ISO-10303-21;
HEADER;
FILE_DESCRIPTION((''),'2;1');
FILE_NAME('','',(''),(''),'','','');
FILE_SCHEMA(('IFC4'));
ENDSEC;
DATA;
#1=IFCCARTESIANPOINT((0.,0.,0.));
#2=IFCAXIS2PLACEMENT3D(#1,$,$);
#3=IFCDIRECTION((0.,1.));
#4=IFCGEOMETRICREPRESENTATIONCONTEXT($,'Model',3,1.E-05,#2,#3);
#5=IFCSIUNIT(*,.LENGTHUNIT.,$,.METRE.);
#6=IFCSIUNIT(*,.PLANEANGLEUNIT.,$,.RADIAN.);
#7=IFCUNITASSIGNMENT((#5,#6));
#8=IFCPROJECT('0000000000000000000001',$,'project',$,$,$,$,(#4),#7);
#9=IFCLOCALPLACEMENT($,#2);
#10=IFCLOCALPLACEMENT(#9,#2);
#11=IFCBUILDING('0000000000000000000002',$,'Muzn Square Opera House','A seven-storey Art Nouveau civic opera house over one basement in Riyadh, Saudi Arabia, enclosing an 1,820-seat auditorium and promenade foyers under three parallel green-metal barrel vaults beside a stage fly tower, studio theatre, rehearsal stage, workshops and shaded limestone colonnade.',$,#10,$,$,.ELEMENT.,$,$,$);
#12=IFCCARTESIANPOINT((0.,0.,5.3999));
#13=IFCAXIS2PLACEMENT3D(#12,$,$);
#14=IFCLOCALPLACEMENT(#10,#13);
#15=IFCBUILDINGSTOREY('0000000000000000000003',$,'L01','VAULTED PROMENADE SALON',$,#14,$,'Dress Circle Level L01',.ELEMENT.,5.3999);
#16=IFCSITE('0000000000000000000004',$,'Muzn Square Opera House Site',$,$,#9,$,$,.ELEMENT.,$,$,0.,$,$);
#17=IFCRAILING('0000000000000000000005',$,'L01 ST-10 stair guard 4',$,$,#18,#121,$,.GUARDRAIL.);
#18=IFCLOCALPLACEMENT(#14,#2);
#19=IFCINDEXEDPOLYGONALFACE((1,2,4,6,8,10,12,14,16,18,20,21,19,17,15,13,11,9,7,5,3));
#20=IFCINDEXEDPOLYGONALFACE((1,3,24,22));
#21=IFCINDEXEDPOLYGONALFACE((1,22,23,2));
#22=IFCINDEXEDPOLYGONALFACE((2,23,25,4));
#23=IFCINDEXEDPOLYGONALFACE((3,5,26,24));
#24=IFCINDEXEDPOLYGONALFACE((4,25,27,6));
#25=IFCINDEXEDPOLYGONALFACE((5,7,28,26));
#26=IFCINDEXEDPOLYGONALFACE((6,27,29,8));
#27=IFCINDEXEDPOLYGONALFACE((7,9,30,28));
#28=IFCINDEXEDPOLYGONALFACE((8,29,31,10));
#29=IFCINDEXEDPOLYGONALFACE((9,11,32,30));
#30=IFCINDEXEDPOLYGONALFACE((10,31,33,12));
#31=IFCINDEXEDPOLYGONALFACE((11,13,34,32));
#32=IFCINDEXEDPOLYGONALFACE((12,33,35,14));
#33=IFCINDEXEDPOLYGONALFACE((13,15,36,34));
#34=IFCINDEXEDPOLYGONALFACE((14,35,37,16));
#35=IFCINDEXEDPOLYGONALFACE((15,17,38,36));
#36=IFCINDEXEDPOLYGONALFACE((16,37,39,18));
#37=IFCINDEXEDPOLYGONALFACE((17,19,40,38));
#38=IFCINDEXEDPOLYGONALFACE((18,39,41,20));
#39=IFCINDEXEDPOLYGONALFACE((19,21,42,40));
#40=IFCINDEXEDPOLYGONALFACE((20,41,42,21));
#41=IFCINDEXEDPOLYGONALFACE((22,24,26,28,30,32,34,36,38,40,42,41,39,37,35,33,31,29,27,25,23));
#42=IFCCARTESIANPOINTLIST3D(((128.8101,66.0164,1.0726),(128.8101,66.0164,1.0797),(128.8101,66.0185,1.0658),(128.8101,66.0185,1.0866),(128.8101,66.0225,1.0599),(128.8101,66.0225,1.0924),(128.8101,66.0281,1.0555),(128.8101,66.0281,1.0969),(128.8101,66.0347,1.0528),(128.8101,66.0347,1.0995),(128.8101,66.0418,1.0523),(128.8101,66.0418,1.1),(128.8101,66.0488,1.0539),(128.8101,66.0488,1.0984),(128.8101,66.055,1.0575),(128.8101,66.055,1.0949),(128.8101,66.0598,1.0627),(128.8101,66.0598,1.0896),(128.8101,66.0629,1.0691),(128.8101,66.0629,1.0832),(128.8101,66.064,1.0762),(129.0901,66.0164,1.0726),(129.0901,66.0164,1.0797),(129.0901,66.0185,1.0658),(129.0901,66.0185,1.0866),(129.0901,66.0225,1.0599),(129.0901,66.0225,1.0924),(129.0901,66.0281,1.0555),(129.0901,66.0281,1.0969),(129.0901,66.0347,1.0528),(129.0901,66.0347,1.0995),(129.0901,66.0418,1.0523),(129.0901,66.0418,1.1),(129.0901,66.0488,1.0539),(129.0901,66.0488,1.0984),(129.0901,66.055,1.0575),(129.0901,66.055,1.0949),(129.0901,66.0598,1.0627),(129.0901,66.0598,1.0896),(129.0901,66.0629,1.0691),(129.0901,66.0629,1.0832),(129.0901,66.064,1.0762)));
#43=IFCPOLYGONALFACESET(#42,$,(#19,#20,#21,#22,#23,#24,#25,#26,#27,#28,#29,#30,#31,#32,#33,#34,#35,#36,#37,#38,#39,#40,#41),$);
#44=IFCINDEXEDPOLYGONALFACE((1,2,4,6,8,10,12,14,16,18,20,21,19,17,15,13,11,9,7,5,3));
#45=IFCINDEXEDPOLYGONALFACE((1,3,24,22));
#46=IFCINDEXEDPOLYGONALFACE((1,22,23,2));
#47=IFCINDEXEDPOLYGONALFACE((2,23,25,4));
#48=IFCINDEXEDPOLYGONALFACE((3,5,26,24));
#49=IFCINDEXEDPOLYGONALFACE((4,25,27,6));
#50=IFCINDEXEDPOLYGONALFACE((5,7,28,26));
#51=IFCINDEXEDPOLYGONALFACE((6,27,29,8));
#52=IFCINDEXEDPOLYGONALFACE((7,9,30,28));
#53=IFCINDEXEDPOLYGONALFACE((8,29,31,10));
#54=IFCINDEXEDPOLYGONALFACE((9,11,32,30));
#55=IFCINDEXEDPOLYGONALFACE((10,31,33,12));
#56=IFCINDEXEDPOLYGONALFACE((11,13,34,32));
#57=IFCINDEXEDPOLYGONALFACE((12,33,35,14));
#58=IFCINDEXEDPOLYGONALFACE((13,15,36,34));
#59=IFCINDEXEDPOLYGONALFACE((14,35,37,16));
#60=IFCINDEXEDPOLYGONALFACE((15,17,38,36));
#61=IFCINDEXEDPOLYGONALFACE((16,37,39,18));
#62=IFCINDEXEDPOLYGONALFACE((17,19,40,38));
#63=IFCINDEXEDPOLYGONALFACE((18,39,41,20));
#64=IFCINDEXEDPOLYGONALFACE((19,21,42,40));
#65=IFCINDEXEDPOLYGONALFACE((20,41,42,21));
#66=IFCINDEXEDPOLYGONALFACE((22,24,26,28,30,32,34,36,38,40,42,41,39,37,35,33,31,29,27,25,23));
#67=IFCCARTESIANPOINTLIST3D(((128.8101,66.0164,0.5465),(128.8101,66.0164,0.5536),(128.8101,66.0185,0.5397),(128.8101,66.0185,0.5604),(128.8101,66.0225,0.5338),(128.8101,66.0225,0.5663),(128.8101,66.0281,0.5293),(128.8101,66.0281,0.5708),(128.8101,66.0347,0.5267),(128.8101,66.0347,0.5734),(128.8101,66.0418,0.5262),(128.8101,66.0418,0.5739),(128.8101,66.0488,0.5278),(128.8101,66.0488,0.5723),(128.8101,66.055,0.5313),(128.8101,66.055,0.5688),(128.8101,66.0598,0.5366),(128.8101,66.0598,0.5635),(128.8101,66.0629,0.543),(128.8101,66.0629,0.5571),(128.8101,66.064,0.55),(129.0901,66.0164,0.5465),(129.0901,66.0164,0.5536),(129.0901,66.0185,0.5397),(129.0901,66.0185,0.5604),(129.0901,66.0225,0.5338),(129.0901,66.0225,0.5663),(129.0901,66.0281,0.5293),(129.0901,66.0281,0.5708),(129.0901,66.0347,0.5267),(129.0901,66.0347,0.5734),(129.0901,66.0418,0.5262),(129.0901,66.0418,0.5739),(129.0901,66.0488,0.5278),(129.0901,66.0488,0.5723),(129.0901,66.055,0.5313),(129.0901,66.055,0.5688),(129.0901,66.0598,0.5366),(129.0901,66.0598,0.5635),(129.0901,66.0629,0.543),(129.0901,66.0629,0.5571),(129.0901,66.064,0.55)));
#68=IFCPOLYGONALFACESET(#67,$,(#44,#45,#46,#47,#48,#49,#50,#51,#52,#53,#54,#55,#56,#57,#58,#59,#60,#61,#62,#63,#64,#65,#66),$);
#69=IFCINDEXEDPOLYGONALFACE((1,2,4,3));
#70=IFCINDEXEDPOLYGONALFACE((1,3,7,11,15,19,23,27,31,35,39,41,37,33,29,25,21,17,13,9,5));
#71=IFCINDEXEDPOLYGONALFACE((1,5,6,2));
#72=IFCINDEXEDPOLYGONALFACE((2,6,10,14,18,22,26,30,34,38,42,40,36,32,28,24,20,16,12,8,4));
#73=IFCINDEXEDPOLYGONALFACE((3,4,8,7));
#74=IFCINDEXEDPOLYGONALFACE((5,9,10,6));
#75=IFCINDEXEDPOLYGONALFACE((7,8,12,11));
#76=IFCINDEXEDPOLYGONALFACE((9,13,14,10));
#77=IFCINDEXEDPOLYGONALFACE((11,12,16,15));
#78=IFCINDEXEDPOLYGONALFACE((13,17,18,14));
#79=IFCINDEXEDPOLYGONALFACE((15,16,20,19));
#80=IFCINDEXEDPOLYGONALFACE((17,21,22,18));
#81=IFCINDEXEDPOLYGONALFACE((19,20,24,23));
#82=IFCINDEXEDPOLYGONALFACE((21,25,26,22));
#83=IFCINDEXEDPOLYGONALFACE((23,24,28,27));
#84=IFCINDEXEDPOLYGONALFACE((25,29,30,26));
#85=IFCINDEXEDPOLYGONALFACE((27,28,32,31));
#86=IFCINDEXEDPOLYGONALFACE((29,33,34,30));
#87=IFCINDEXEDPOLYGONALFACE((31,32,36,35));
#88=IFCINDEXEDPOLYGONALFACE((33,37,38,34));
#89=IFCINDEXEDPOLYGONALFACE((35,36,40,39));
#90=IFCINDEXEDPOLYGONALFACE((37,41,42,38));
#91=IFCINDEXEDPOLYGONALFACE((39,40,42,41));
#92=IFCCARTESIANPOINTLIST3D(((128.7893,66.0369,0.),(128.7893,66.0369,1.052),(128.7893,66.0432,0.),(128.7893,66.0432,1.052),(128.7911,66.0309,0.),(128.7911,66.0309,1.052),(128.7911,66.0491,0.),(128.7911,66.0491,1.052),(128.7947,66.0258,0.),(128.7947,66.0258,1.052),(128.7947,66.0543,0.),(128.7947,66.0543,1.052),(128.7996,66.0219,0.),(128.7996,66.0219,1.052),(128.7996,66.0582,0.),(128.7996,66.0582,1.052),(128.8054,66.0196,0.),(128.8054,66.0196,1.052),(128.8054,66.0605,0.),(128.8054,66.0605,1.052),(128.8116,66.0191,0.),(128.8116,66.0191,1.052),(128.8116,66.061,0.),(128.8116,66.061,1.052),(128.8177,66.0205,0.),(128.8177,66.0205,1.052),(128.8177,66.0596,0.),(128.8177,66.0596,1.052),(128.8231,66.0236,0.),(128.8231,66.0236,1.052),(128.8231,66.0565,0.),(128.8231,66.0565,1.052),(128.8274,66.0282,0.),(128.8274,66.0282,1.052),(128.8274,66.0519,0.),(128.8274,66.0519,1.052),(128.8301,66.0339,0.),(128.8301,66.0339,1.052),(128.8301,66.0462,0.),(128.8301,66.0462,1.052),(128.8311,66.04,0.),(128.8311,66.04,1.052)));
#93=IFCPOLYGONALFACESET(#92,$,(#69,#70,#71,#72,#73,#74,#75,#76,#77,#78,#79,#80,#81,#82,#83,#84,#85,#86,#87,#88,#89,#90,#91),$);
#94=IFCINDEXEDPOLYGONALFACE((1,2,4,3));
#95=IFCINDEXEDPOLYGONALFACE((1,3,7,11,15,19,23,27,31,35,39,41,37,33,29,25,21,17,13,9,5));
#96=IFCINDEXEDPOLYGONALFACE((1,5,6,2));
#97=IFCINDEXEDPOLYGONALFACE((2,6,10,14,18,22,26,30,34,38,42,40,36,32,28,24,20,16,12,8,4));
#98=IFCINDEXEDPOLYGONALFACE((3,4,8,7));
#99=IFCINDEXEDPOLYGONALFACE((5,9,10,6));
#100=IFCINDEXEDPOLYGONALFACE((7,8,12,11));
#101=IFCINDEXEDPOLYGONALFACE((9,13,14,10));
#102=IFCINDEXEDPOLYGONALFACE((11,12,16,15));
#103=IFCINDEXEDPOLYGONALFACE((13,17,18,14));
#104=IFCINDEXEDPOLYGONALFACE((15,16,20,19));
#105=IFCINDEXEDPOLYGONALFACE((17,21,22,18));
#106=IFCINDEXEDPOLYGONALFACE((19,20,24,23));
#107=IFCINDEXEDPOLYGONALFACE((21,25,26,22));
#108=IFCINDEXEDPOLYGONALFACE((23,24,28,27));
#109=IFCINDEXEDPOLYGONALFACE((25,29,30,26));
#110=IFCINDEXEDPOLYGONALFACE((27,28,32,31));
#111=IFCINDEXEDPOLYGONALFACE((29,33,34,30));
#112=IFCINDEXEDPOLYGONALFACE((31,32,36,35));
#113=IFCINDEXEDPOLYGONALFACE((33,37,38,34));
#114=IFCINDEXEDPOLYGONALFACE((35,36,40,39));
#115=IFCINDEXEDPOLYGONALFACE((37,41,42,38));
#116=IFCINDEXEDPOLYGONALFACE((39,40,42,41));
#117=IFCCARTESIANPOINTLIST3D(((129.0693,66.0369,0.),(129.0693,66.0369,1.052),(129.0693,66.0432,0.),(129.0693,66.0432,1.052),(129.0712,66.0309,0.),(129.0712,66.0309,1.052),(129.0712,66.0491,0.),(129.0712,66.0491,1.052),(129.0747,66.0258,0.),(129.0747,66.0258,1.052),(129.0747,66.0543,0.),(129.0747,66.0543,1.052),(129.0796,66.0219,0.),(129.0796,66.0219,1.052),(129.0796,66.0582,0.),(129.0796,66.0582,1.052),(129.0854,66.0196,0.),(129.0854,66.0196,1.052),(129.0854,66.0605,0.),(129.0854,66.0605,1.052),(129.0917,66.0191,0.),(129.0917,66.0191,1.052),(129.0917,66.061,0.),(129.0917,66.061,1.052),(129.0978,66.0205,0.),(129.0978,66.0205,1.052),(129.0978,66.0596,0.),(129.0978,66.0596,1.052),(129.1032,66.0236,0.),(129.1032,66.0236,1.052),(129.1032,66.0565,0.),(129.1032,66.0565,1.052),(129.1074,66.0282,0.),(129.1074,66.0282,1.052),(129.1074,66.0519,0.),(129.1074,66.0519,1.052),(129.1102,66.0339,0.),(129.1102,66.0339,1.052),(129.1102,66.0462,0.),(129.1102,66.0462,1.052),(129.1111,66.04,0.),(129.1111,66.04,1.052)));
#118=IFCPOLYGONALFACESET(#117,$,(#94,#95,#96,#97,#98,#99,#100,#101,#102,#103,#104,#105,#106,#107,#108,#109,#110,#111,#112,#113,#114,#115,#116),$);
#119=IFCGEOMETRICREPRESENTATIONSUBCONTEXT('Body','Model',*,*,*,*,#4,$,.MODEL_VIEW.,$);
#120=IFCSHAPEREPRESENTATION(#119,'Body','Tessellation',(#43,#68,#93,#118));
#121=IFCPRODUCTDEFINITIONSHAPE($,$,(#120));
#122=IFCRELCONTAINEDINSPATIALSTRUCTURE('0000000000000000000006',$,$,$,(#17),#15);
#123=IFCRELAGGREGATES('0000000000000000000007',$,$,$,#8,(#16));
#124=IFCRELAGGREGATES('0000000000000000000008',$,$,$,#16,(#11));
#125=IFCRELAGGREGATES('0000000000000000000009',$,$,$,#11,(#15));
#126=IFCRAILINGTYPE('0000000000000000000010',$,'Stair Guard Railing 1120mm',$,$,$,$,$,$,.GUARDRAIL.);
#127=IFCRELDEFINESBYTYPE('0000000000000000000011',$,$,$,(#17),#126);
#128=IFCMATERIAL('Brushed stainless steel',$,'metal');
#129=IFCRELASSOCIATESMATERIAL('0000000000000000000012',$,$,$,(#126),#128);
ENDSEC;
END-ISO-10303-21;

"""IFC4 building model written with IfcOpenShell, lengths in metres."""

from ifc_helpers import new_model, si_unit, direction, frame, origin, origin_2d, place, context, subcontext, project, spatial, circle, extrude, material, type_object, element, save


model = new_model("IFC4")

# Units and contexts
model_context = context("Model", 3, precision=1e-05, world=origin(), true_north=direction((0.0, 1.0)))
body_context = subcontext(model_context, "Body", "Model", "MODEL_VIEW")
ifc_project = project(units=[si_unit("LENGTHUNIT", "METRE"), si_unit("PLANEANGLEUNIT", "RADIAN")], contexts=[model_context])

# Site, building, storey
site_placement = place(None, origin())
site = spatial("IfcSite", under=ifc_project, at=site_placement, Name="Muzn Square Opera House Site", CompositionType="ELEMENT", RefElevation=0.0)
building_placement = place(site_placement, origin())
building = spatial("IfcBuilding", under=site, at=building_placement, Name="Muzn Square Opera House", Description="A seven-storey Art Nouveau civic opera house over one basement in Riyadh, Saudi Arabia, enclosing an 1,820-seat auditorium and promenade foyers under three parallel green-metal barrel vaults beside a stage fly tower, studio theatre, rehearsal stage, workshops and shaded limestone colonnade.", CompositionType="ELEMENT")
storey_placement = place(building_placement, frame((0.0, 0.0, 5.3999)))
storey = spatial("IfcBuildingStorey", under=building, at=storey_placement, Name="L01", Description="VAULTED PROMENADE SALON", LongName="Dress Circle Level L01", CompositionType="ELEMENT", Elevation=5.3999)

# Railing
ifc_material_1 = material(Name="Brushed stainless steel", Category="metal")
railing_type_1 = type_object("IfcRailingType", Name="Stair Guard Railing 1120mm", PredefinedType="GUARDRAIL", material=ifc_material_1)
railing_1_placement = place(storey_placement, frame((128.8101, 66.04, 0.0)))
element("IfcRailing", 1, at=railing_1_placement, inside=storey, type_object=railing_type_1, Name="L01 ST-10 stair guard 4", PredefinedType="GUARDRAIL", context=body_context, shape_type="SweptSolid", body=[
    extrude(circle(Radius=0.0239, at=origin_2d()), frame((0.0, 0.0, 1.0762), z_axis=(1.0, 0.0, 0.0), x_axis=(0.0, 1.0, 0.0)), (0.0, 0.0, 1.0), 0.28),
    extrude(circle(Radius=0.0239, at=origin_2d()), frame((0.0, 0.0, 0.55), z_axis=(1.0, 0.0, 0.0), x_axis=(0.0, 1.0, 0.0)), (0.0, 0.0, 1.0), 0.28),
    extrude(circle(Radius=0.021, at=origin_2d()), origin(), (0.0, 0.0, 1.0), 1.052),
    extrude(circle(Radius=0.021, at=origin_2d()), frame((0.28, 0.0, 0.0)), (0.0, 0.0, 1.0), 1.052),
])

save(model, "model.ifc")
